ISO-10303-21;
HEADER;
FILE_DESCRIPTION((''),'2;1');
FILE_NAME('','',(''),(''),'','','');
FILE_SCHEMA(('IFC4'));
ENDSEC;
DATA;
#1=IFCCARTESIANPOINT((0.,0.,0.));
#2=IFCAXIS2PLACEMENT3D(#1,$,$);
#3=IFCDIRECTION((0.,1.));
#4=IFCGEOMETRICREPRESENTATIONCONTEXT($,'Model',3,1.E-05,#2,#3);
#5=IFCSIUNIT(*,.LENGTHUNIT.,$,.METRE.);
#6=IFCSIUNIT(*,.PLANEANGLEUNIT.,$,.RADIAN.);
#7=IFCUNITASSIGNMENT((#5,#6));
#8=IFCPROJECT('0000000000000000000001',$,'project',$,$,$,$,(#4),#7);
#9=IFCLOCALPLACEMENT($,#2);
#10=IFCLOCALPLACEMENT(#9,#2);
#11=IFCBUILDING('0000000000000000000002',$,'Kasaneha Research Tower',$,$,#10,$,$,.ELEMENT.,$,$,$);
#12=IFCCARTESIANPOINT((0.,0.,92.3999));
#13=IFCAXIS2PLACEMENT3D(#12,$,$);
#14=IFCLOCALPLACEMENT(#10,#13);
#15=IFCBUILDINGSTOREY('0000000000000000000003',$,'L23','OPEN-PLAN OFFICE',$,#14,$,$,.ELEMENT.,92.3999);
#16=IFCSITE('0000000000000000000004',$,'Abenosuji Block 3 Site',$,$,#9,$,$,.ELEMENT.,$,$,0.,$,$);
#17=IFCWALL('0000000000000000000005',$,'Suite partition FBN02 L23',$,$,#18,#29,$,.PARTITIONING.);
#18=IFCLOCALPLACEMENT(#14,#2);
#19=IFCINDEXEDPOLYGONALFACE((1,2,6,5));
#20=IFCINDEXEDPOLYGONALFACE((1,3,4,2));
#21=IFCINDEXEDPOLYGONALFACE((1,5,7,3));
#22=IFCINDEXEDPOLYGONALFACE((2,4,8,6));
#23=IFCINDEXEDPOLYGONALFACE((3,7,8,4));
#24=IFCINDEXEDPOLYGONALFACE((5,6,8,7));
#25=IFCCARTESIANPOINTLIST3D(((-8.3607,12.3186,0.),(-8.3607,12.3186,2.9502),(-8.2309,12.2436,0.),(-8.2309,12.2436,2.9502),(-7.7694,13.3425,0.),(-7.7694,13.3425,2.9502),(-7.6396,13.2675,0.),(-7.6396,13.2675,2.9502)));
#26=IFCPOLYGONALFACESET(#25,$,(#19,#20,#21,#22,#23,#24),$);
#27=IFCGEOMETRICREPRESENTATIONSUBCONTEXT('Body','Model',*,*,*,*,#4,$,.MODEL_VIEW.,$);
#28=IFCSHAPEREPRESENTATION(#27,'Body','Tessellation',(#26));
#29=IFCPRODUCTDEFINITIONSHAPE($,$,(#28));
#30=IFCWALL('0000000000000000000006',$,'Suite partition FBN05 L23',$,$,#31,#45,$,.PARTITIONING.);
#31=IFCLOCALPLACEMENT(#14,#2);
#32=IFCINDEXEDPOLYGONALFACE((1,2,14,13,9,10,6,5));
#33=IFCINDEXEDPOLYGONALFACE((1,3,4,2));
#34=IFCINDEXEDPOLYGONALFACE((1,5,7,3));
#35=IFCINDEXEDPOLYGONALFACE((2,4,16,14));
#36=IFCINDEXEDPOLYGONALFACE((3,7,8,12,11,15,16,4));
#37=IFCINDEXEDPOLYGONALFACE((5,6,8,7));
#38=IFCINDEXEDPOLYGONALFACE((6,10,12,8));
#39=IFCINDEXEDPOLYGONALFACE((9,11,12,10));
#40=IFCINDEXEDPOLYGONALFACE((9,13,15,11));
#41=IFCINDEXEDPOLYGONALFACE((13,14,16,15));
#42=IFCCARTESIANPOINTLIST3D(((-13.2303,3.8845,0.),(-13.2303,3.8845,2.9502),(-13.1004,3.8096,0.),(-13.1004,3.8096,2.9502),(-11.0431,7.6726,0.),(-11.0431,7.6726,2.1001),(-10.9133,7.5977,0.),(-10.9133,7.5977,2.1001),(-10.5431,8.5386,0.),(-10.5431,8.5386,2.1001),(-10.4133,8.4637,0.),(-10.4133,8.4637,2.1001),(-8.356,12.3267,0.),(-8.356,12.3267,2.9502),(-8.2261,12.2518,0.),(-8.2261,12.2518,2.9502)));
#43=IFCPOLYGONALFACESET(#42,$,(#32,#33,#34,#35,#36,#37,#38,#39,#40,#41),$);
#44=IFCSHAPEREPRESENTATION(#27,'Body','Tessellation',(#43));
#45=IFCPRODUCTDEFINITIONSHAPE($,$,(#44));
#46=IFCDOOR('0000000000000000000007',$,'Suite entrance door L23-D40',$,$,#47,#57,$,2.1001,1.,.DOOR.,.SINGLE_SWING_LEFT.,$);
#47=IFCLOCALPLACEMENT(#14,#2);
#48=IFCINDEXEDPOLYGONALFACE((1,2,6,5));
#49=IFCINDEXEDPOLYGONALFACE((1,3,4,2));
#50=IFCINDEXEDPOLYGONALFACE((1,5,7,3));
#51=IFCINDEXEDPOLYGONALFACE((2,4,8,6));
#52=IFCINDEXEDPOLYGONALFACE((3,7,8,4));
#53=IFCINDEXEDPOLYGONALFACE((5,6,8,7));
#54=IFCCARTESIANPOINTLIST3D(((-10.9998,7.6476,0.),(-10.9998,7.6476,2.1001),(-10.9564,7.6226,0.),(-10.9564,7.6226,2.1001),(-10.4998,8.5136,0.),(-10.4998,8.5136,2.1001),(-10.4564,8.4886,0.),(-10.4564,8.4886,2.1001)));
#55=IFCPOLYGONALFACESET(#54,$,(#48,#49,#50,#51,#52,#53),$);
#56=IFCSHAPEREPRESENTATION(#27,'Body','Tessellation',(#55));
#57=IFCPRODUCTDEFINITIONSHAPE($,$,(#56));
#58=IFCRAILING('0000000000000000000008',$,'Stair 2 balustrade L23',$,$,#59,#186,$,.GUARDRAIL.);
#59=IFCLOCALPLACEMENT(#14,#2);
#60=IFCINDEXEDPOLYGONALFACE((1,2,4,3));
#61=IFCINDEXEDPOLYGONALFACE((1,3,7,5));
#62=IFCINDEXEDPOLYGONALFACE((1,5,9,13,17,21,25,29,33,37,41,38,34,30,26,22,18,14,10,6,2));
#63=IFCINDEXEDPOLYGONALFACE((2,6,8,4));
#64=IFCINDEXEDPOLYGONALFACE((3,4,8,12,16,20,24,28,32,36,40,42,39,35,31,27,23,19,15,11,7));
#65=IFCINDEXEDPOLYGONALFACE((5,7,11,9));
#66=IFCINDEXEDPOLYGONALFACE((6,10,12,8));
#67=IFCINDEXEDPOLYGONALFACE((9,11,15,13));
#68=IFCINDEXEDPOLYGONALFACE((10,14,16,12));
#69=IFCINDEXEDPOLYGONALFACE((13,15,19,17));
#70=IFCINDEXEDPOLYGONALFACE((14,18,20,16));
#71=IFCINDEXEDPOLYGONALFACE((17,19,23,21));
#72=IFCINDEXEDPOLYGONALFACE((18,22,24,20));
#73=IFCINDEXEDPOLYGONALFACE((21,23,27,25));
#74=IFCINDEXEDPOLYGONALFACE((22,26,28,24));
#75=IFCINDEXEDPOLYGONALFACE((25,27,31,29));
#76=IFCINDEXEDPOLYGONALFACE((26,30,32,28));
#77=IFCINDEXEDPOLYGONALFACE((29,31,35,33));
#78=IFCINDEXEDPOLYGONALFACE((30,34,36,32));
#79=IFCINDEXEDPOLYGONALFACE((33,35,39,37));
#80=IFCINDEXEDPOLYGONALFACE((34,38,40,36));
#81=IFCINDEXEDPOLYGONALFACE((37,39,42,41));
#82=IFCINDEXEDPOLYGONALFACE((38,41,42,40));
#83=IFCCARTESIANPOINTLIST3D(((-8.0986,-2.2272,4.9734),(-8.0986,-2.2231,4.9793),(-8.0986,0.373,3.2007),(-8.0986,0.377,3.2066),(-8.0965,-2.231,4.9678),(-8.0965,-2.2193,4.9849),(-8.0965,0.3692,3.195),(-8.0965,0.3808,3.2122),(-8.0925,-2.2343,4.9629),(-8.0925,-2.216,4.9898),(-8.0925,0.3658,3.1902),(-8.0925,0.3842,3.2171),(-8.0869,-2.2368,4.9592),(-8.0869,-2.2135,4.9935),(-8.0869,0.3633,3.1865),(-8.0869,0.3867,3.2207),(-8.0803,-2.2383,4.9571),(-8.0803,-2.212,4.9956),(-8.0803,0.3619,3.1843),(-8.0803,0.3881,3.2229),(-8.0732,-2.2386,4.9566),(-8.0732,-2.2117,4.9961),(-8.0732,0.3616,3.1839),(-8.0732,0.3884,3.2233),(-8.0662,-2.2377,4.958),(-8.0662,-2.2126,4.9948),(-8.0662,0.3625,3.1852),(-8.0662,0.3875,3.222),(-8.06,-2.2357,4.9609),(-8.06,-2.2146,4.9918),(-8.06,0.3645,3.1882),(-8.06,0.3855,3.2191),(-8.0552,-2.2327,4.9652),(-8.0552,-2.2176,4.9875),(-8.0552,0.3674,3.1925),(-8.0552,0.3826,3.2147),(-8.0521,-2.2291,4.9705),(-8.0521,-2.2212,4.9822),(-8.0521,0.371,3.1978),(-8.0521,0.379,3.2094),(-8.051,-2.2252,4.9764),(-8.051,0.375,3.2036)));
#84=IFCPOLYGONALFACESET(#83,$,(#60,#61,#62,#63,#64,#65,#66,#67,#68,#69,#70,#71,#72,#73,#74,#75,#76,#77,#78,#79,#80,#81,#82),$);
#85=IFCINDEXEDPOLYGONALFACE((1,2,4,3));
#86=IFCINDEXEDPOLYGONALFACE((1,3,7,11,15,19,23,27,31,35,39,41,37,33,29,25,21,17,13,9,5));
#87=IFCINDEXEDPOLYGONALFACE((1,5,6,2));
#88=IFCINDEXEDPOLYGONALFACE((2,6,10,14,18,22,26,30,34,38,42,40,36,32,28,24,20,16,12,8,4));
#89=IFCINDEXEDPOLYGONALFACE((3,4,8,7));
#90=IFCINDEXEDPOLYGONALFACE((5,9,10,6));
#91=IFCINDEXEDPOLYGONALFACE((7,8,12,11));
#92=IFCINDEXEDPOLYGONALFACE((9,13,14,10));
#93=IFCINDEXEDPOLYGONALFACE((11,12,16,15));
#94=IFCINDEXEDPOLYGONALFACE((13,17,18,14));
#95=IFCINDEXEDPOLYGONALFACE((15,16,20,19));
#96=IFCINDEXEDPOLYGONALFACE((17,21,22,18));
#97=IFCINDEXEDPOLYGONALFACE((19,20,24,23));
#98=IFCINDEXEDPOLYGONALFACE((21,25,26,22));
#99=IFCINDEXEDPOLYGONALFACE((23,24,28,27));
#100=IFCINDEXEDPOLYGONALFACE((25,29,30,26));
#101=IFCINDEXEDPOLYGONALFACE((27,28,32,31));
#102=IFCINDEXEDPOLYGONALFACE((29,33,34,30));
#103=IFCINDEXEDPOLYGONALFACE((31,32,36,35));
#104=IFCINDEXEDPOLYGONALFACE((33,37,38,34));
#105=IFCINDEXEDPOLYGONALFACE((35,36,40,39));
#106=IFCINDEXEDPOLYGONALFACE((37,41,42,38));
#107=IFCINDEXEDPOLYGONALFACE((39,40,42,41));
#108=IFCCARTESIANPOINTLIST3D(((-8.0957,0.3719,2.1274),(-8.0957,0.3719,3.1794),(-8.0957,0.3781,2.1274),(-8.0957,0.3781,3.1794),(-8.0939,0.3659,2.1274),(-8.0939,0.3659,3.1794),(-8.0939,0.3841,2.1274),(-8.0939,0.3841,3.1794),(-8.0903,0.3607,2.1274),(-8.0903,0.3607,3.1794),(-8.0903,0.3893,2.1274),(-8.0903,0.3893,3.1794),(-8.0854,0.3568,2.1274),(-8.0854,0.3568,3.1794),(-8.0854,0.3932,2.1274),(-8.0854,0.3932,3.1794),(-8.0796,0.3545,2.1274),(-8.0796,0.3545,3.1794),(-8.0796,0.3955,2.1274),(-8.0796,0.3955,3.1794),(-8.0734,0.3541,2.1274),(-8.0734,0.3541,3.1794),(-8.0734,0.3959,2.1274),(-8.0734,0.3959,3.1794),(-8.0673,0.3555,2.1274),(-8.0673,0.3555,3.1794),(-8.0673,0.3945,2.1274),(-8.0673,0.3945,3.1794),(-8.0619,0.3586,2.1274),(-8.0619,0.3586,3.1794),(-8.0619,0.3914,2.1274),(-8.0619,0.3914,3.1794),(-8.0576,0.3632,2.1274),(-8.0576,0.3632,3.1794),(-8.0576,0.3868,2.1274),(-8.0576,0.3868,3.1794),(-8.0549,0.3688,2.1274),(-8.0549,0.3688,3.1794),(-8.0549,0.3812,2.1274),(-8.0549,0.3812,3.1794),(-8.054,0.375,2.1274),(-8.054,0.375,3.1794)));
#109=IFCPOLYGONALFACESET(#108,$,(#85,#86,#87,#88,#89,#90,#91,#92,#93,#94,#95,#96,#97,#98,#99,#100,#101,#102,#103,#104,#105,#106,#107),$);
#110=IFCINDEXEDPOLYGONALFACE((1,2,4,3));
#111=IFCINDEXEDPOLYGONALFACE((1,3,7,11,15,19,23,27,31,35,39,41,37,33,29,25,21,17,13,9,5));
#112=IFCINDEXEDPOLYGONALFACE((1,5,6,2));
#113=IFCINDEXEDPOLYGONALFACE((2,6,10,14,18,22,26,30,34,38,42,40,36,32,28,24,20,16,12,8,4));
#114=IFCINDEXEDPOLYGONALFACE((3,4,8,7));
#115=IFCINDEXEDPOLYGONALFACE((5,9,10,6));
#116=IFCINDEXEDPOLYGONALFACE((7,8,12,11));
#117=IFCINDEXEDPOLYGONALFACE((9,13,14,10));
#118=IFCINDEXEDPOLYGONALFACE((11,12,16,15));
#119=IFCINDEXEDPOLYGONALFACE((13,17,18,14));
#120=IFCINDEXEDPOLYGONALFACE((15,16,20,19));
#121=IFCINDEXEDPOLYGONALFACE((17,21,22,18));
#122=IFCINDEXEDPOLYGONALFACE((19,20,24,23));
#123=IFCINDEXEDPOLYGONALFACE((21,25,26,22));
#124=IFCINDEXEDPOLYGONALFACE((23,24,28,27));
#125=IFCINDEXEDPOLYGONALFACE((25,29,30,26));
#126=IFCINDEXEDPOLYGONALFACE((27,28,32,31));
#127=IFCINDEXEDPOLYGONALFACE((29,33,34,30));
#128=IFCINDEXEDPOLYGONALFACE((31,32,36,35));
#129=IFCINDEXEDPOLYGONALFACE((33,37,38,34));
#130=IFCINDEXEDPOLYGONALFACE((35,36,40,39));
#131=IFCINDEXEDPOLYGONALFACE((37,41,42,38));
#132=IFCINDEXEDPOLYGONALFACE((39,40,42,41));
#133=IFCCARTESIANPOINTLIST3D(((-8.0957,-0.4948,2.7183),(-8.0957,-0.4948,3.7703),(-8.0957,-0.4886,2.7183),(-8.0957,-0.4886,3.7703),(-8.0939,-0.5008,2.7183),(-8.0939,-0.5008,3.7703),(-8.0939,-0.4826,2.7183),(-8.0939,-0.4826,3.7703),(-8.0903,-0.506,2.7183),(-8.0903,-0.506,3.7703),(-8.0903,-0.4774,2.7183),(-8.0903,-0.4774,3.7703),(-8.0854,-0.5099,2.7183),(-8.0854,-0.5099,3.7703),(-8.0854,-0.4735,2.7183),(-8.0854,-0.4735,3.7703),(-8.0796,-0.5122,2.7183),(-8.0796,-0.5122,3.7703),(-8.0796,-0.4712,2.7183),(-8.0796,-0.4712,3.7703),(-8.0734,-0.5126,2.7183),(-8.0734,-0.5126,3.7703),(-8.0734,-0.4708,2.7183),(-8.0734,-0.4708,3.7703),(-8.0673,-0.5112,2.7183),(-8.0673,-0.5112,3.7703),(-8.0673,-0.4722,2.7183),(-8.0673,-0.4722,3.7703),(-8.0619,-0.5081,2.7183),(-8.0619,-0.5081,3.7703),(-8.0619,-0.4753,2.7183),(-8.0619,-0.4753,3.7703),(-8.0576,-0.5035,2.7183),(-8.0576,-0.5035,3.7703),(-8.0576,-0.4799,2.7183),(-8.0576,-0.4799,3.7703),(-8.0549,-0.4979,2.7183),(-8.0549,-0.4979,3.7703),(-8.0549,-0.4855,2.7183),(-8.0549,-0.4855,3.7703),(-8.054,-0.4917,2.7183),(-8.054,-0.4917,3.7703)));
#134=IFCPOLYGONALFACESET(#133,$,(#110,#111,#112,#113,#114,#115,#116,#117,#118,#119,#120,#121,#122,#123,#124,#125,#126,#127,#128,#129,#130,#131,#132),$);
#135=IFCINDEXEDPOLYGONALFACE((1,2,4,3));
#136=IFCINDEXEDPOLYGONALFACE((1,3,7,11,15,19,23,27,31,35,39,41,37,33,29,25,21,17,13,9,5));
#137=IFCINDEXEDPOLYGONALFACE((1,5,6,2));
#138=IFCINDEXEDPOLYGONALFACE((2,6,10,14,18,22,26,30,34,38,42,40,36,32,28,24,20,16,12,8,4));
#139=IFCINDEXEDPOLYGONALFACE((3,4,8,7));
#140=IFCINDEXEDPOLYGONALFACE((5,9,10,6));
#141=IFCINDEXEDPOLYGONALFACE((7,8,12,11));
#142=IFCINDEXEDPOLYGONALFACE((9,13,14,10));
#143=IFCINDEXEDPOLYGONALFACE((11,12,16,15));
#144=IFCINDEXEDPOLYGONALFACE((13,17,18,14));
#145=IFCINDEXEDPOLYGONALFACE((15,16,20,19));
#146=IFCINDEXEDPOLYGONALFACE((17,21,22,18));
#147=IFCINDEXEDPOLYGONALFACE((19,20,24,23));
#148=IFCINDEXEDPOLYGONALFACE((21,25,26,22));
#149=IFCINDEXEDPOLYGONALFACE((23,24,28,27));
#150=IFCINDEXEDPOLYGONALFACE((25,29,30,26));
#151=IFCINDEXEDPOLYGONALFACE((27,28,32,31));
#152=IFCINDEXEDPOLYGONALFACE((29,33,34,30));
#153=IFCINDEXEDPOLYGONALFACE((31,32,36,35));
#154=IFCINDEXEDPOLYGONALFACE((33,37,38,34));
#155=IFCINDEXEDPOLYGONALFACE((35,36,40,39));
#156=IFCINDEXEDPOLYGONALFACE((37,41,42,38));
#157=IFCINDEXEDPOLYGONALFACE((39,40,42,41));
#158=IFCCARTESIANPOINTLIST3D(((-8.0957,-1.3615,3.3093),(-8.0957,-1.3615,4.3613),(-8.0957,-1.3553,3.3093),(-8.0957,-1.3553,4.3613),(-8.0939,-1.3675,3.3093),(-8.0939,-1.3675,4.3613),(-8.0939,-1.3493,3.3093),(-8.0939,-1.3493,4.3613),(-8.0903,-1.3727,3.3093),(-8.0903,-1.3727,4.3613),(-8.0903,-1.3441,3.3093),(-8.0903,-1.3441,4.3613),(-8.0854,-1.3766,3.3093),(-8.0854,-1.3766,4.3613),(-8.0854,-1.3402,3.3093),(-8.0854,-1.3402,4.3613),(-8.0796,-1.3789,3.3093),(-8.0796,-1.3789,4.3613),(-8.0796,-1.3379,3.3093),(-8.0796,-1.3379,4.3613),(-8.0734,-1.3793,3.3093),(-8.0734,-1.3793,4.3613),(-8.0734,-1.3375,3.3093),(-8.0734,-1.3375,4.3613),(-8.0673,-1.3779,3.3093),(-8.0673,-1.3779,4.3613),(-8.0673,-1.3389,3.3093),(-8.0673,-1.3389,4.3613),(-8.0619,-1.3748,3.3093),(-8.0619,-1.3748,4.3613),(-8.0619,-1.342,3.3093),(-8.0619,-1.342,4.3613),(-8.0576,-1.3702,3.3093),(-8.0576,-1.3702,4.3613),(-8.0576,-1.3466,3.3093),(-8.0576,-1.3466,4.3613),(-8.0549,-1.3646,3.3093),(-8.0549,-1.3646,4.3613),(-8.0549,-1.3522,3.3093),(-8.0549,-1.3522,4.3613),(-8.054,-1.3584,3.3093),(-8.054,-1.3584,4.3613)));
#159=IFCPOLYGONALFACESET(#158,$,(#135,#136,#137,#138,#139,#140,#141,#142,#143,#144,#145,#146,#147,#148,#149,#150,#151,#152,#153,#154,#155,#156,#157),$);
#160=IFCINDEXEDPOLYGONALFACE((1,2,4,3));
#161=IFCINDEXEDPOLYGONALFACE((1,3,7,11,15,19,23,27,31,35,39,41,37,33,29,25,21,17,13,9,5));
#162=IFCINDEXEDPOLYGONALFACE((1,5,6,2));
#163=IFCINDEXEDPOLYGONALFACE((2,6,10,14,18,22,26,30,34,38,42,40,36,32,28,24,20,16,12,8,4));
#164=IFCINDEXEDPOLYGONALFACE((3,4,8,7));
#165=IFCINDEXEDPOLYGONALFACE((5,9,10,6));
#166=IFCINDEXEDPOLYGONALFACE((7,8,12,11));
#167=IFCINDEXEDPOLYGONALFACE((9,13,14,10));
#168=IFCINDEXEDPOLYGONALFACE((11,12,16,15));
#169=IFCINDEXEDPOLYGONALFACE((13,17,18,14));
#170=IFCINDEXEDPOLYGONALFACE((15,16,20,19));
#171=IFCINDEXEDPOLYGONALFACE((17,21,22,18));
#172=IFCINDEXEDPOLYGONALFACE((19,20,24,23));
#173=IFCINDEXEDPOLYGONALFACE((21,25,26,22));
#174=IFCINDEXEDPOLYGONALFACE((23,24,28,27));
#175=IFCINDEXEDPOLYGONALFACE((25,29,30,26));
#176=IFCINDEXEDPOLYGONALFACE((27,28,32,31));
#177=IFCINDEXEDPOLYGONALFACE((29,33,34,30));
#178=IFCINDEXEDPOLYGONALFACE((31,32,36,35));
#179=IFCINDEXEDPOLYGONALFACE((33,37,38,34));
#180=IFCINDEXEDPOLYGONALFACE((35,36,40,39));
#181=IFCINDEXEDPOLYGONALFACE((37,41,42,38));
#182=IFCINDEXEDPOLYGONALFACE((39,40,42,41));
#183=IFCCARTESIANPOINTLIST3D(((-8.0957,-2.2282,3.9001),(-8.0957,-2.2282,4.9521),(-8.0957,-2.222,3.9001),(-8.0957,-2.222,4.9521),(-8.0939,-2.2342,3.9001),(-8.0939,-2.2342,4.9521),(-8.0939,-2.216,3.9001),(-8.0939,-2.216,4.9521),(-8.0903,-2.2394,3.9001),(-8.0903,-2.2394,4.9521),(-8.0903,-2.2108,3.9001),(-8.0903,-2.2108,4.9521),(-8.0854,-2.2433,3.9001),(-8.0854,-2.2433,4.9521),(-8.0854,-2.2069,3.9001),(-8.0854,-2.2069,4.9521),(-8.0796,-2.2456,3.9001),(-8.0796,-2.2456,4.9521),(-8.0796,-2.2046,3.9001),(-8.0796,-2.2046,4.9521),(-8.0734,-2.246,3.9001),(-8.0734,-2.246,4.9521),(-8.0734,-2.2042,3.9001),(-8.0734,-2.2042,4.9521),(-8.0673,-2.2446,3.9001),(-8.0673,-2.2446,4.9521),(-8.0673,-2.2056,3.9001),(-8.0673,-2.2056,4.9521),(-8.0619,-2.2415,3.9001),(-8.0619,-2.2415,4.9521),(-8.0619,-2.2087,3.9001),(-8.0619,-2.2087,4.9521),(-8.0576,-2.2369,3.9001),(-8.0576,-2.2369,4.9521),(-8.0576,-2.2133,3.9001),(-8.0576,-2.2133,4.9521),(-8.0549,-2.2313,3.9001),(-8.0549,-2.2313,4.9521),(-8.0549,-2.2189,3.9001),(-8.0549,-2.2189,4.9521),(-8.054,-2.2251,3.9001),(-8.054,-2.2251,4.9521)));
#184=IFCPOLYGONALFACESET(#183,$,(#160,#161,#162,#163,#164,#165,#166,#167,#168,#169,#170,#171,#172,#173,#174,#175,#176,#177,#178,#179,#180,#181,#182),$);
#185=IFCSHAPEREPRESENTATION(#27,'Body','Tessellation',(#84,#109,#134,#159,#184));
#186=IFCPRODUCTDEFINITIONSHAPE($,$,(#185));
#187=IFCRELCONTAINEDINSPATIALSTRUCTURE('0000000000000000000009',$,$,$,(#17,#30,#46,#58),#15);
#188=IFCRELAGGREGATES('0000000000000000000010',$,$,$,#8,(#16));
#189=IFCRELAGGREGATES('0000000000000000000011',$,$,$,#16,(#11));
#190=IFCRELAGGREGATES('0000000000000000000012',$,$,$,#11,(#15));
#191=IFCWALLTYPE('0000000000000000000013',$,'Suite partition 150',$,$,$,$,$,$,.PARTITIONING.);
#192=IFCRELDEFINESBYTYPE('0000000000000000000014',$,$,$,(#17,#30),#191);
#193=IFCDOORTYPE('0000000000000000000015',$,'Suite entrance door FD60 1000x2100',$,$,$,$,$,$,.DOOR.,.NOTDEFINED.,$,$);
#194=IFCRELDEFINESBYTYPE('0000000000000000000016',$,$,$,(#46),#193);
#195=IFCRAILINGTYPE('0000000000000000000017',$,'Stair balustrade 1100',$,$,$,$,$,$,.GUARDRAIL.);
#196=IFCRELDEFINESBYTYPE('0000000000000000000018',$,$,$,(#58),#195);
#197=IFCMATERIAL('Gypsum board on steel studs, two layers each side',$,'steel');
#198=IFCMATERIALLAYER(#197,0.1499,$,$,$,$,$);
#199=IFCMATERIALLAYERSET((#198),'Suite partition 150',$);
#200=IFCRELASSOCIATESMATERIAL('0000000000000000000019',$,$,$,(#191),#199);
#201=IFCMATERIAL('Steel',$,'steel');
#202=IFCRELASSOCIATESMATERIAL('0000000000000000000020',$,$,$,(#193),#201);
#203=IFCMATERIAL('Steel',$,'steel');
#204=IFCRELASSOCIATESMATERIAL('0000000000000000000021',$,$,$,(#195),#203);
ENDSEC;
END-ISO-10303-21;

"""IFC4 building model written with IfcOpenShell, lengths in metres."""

from ifc_helpers import new_model, si_unit, direction, frame, frame_2d, origin, origin_2d, place, context, subcontext, project, spatial, rectangle, circle, extrude, material, layer, layer_set, type_object, element, fill, save


model = new_model("IFC4")

# Units and contexts
model_context = context("Model", 3, precision=1e-05, world=origin(), true_north=direction((0.0, 1.0)))
body_context = subcontext(model_context, "Body", "Model", "MODEL_VIEW")
ifc_project = project(units=[si_unit("LENGTHUNIT", "METRE"), si_unit("PLANEANGLEUNIT", "RADIAN")], contexts=[model_context])

# Site, building, storey
site_placement = place(None, origin())
site = spatial("IfcSite", under=ifc_project, at=site_placement, Name="Abenosuji Block 3 Site", CompositionType="ELEMENT", RefElevation=0.0)
building_placement = place(site_placement, origin())
building = spatial("IfcBuilding", under=site, at=building_placement, Name="Kasaneha Research Tower", CompositionType="ELEMENT")
storey_placement = place(building_placement, frame((0.0, 0.0, 92.3999)))
storey = spatial("IfcBuildingStorey", under=building, at=storey_placement, Name="L23", Description="OPEN-PLAN OFFICE", CompositionType="ELEMENT", Elevation=92.3999)

# Wall
ifc_material_1 = material(Name="Gypsum board on steel studs, two layers each side", Category="steel")
ifc_layer_1 = layer(ifc_material_1, 0.1499)
ifc_layer_set_1 = layer_set([ifc_layer_1], Name="Suite partition 150")
wall_type_1 = type_object("IfcWallType", Name="Suite partition 150", PredefinedType="PARTITIONING", material=ifc_layer_set_1)
wall_1_placement = place(storey_placement, frame((-8.2959, 12.281, 0.0), z_axis=(0.0, 0.0, 1.0), x_axis=(0.500092, 0.865972, 0.0)))
element("IfcWall", 1, at=wall_1_placement, inside=storey, type_object=wall_type_1, Name="Suite partition FBN02 L23", PredefinedType="PARTITIONING", context=body_context, shape_type="SweptSolid", body=[
    extrude(rectangle(XDim=1.1824, YDim=0.1499, at=frame_2d((0.5913, 0.0))), origin(), (0.0, 0.0, 1.0), 2.9502),
])

# Wall, opening, door
wall_2_placement = place(storey_placement, frame((-13.1653, 3.8472, 0.0), z_axis=(0.0, 0.0, 1.0), x_axis=(0.500015, 0.866017, 0.0)))
wall_2 = element("IfcWall", 2, at=wall_2_placement, inside=storey, type_object=wall_type_1, Name="Suite partition FBN05 L23", PredefinedType="PARTITIONING", context=body_context, shape_type="SweptSolid", body=[
    extrude(rectangle(XDim=9.7483, YDim=0.1499, at=frame_2d((4.874, 0.0))), origin(), (0.0, 0.0, 1.0), 2.9502),
])
opening_1_placement = place(wall_2_placement, frame((4.374, 0.0, 0.0)))
opening_1 = element("IfcOpeningElement", 3, at=opening_1_placement, cuts=wall_2, PredefinedType="OPENING", context=body_context, shape_type="SweptSolid", body=[
    extrude(rectangle(XDim=1.0, YDim=2.1001, at=frame_2d((0.5, 1.05))), frame((0.0, 0.085, 0.0), z_axis=(0.0, -1.0, 0.0), x_axis=(1.0, 0.0, 0.0)), (0.0, 0.0, 1.0), 0.1699),
])
ifc_material_2 = material(Name="Steel", Category="steel")
door_type_1 = type_object("IfcDoorType", Name="Suite entrance door FD60 1000x2100", OperationType="NOTDEFINED", PredefinedType="DOOR", material=ifc_material_2)
door_1_placement = place(opening_1_placement, origin())
door_1 = element("IfcDoor", 4, at=door_1_placement, inside=storey, type_object=door_type_1, Name="Suite entrance door L23-D40", OperationType="SINGLE_SWING_LEFT", OverallHeight=2.1001, OverallWidth=1.0, PredefinedType="DOOR", context=body_context, shape_type="SweptSolid", body=[
    extrude(rectangle(XDim=1.0, YDim=2.1001, at=frame_2d((0.5, 1.05))), frame((0.0, 0.0249, 0.0), z_axis=(0.0, -1.0, 0.0), x_axis=(1.0, 0.0, 0.0)), (0.0, 0.0, 1.0), 0.05),
])
fill(opening_1, door_1)

# Railing
ifc_material_3 = material(Name="Steel", Category="steel")
railing_type = type_object("IfcRailingType", Name="Stair balustrade 1100", PredefinedType="GUARDRAIL", material=ifc_material_3)
railing_placement = place(storey_placement, frame((-8.075, 0.375, 2.1274)))
element("IfcRailing", 5, at=railing_placement, inside=storey, type_object=railing_type, Name="Stair 2 balustrade L23", PredefinedType="GUARDRAIL", context=body_context, shape_type="SweptSolid", body=[
    extrude(circle(Radius=0.0239, at=origin_2d()), frame((0.0, 0.0, 1.0762), z_axis=(0.0, -0.82624, 0.563318), x_axis=(1.0, 0.0, 0.0)), (0.0, 0.0, 1.0), 3.147),
    extrude(circle(Radius=0.021, at=origin_2d()), origin(), (0.0, 0.0, 1.0), 1.052),
    extrude(circle(Radius=0.021, at=origin_2d()), frame((0.0, -0.8667, 0.5908)), (0.0, 0.0, 1.0), 1.052),
    extrude(circle(Radius=0.021, at=origin_2d()), frame((0.0, -1.7334, 1.1819)), (0.0, 0.0, 1.0), 1.052),
    extrude(circle(Radius=0.021, at=origin_2d()), frame((0.0, -2.6001, 1.7727)), (0.0, 0.0, 1.0), 1.052),
])

save(model, "model.ifc")
